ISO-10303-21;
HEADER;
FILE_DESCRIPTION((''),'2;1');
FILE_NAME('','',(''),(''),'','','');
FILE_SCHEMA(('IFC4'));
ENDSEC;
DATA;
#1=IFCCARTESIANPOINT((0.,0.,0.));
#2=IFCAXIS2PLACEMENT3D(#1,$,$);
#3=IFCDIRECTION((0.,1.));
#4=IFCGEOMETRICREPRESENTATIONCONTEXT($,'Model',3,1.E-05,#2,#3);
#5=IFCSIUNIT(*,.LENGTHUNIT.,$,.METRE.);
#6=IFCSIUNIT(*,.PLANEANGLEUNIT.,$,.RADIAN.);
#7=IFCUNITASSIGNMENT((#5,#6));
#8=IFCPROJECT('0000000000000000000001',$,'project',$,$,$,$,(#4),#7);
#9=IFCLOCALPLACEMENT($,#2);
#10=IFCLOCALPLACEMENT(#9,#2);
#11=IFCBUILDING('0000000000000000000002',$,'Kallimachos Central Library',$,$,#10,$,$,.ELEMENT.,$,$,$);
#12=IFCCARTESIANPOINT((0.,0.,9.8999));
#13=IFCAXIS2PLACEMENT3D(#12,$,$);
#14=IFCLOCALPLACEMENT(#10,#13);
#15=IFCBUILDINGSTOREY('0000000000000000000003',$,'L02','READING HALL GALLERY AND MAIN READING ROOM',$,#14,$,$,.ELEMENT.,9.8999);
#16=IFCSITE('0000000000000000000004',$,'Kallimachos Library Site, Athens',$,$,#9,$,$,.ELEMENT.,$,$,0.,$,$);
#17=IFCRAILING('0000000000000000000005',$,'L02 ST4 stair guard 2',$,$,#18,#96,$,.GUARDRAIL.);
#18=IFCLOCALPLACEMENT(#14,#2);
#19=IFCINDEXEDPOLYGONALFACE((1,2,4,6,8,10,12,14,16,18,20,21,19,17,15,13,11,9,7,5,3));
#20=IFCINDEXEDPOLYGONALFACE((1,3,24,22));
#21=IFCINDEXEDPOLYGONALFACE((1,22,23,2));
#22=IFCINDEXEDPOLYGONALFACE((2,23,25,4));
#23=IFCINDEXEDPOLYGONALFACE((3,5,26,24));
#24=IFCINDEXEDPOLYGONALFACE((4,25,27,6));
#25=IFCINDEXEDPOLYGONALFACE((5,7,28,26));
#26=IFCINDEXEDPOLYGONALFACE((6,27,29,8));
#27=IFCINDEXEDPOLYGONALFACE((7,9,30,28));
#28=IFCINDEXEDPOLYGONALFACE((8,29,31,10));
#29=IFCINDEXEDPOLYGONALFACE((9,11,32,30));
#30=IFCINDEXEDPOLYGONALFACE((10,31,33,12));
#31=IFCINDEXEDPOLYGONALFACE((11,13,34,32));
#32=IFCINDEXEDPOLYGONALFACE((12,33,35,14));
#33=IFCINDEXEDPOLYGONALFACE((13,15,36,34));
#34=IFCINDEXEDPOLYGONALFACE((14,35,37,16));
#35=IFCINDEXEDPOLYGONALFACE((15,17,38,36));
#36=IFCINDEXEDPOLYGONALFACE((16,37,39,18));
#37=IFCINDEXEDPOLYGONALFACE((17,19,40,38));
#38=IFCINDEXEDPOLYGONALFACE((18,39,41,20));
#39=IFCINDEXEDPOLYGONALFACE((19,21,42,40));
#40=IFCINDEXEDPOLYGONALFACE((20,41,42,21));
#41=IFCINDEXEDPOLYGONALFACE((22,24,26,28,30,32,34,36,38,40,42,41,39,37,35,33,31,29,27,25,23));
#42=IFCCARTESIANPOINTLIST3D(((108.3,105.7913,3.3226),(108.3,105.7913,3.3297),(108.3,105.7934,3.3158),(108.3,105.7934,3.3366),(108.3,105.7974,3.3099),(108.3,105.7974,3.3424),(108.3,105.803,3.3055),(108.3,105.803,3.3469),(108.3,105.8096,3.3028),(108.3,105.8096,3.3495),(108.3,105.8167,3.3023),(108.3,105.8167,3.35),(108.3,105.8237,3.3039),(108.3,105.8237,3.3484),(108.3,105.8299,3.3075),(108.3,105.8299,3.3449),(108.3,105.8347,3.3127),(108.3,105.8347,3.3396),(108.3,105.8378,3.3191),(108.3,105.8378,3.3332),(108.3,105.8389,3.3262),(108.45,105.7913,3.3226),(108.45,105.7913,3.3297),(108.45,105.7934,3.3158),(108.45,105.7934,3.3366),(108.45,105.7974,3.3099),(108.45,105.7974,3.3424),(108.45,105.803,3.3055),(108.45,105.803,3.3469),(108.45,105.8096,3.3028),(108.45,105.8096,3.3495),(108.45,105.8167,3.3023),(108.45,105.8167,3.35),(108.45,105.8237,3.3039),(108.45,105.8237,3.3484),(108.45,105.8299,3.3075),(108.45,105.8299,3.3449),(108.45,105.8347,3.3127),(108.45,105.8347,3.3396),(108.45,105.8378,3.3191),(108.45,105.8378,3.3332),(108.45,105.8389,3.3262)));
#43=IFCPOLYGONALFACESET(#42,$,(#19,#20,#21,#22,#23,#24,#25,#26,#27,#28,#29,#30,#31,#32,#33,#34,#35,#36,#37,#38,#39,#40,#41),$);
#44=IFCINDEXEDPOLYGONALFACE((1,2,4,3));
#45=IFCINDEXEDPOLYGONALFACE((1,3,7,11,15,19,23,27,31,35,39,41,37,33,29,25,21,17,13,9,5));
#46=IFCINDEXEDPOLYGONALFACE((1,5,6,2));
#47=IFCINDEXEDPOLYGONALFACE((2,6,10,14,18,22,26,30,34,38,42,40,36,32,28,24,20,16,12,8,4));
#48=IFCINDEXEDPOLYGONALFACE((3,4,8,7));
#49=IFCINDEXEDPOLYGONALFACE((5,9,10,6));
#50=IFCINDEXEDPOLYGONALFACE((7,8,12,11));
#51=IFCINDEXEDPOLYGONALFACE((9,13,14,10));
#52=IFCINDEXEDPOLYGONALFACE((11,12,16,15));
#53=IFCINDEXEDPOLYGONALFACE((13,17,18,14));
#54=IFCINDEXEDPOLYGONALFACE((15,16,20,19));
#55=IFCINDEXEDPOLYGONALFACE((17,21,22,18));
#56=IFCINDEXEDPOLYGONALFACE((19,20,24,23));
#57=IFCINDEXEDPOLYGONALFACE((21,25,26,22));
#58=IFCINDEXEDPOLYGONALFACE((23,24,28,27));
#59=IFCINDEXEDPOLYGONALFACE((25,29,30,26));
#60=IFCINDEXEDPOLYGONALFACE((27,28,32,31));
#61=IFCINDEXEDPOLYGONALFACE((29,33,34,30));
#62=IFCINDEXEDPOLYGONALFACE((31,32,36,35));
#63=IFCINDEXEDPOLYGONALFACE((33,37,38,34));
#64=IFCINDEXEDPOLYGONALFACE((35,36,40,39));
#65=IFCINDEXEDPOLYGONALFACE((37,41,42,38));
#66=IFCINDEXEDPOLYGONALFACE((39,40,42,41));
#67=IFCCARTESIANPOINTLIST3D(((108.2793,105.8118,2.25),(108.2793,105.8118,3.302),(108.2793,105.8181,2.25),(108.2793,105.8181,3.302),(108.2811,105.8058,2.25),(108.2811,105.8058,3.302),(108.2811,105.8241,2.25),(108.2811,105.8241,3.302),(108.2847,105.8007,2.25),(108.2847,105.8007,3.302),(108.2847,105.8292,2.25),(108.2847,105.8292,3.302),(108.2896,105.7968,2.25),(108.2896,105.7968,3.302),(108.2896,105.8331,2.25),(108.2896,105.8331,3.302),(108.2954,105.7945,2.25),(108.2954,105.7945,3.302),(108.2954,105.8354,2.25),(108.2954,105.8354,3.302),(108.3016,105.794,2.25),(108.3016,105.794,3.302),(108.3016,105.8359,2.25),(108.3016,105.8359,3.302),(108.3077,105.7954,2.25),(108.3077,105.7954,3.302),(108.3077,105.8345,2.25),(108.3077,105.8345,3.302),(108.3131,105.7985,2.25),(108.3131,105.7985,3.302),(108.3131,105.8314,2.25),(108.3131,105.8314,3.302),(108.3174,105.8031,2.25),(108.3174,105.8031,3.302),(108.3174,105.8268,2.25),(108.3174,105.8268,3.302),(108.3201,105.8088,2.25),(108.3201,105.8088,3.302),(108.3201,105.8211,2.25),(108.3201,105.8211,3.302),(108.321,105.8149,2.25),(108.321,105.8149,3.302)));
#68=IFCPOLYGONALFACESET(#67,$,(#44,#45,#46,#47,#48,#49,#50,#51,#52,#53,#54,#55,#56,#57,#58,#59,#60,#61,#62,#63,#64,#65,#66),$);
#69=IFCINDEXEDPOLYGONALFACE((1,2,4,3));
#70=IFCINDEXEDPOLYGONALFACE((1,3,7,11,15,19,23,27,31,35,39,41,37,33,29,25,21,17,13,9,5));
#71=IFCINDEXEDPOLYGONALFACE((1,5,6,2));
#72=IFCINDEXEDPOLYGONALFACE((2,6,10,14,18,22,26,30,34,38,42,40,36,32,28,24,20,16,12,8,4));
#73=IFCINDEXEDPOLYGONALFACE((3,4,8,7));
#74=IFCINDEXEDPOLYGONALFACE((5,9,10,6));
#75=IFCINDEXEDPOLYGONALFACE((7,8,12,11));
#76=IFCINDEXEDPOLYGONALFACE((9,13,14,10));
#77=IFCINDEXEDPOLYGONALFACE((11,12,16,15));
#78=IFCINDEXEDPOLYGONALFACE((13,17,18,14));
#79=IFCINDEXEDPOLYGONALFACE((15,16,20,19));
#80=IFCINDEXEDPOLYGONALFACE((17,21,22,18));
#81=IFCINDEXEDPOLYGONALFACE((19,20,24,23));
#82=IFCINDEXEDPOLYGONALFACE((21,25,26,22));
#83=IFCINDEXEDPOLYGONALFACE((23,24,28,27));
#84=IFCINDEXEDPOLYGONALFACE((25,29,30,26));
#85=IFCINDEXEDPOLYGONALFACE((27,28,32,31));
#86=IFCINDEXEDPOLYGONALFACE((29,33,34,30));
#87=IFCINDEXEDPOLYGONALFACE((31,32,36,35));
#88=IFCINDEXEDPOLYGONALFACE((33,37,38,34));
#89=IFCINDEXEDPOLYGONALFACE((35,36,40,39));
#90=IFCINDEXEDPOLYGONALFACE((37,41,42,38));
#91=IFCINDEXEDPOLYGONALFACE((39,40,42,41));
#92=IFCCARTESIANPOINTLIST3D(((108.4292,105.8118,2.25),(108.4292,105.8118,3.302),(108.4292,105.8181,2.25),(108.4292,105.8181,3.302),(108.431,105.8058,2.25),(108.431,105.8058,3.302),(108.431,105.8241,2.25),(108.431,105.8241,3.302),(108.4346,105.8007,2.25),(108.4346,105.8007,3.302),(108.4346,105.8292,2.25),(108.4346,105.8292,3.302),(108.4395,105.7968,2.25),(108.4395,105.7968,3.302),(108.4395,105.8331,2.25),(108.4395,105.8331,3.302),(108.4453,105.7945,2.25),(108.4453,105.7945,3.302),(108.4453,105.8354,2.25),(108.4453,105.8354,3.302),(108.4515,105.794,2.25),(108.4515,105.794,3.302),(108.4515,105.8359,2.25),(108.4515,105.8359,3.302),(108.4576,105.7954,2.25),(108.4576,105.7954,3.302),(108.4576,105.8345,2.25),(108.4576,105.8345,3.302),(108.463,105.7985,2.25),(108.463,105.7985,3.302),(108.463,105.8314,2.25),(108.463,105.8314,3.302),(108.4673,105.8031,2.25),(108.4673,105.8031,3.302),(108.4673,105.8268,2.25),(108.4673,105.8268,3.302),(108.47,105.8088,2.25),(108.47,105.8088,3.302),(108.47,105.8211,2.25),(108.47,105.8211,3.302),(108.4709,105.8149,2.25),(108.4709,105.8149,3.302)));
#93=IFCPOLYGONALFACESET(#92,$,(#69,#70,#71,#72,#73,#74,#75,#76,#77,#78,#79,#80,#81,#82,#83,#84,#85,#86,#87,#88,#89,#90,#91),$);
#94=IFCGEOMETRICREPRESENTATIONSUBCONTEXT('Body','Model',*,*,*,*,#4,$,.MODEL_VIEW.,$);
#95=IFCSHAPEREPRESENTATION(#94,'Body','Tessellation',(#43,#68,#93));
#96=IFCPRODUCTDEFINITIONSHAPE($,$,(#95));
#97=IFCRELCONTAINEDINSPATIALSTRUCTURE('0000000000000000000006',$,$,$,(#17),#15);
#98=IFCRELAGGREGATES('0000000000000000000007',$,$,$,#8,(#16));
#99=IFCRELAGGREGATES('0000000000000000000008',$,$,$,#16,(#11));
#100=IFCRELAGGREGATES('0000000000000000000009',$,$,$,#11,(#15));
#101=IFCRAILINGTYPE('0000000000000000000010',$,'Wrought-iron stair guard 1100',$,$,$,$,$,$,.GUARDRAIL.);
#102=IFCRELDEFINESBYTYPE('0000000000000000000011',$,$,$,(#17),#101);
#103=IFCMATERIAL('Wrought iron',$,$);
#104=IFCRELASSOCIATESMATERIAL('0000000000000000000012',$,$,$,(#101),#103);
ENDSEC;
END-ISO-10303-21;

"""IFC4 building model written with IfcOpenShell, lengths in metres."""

from ifc_helpers import new_model, si_unit, direction, frame, origin, origin_2d, place, context, subcontext, project, spatial, circle, extrude, material, type_object, element, save


model = new_model("IFC4")

# Units and contexts
model_context = context("Model", 3, precision=1e-05, world=origin(), true_north=direction((0.0, 1.0)))
body_context = subcontext(model_context, "Body", "Model", "MODEL_VIEW")
ifc_project = project(units=[si_unit("LENGTHUNIT", "METRE"), si_unit("PLANEANGLEUNIT", "RADIAN")], contexts=[model_context])

# Site, building, storey
site_placement = place(None, origin())
site = spatial("IfcSite", under=ifc_project, at=site_placement, Name="Kallimachos Library Site, Athens", CompositionType="ELEMENT", RefElevation=0.0)
building_placement = place(site_placement, origin())
building = spatial("IfcBuilding", under=site, at=building_placement, Name="Kallimachos Central Library", CompositionType="ELEMENT")
storey_placement = place(building_placement, frame((0.0, 0.0, 9.8999)))
storey = spatial("IfcBuildingStorey", under=building, at=storey_placement, Name="L02", Description="READING HALL GALLERY AND MAIN READING ROOM", CompositionType="ELEMENT", Elevation=9.8999)

# Railing
ifc_material_1 = material(Name="Wrought iron")
railing_type_1 = type_object("IfcRailingType", Name="Wrought-iron stair guard 1100", PredefinedType="GUARDRAIL", material=ifc_material_1)
railing_1_placement = place(storey_placement, frame((108.3, 105.8149, 2.25)))
element("IfcRailing", 1, at=railing_1_placement, inside=storey, type_object=railing_type_1, Name="L02 ST4 stair guard 2", PredefinedType="GUARDRAIL", context=body_context, shape_type="SweptSolid", body=[
    extrude(circle(Radius=0.0239, at=origin_2d()), frame((0.0, 0.0, 1.0762), z_axis=(1.0, 0.0, 0.0), x_axis=(0.0, 1.0, 0.0)), (0.0, 0.0, 1.0), 0.1499),
    extrude(circle(Radius=0.021, at=origin_2d()), origin(), (0.0, 0.0, 1.0), 1.052),
    extrude(circle(Radius=0.021, at=origin_2d()), frame((0.1499, 0.0, 0.0)), (0.0, 0.0, 1.0), 1.052),
])

save(model, "model.ifc")
